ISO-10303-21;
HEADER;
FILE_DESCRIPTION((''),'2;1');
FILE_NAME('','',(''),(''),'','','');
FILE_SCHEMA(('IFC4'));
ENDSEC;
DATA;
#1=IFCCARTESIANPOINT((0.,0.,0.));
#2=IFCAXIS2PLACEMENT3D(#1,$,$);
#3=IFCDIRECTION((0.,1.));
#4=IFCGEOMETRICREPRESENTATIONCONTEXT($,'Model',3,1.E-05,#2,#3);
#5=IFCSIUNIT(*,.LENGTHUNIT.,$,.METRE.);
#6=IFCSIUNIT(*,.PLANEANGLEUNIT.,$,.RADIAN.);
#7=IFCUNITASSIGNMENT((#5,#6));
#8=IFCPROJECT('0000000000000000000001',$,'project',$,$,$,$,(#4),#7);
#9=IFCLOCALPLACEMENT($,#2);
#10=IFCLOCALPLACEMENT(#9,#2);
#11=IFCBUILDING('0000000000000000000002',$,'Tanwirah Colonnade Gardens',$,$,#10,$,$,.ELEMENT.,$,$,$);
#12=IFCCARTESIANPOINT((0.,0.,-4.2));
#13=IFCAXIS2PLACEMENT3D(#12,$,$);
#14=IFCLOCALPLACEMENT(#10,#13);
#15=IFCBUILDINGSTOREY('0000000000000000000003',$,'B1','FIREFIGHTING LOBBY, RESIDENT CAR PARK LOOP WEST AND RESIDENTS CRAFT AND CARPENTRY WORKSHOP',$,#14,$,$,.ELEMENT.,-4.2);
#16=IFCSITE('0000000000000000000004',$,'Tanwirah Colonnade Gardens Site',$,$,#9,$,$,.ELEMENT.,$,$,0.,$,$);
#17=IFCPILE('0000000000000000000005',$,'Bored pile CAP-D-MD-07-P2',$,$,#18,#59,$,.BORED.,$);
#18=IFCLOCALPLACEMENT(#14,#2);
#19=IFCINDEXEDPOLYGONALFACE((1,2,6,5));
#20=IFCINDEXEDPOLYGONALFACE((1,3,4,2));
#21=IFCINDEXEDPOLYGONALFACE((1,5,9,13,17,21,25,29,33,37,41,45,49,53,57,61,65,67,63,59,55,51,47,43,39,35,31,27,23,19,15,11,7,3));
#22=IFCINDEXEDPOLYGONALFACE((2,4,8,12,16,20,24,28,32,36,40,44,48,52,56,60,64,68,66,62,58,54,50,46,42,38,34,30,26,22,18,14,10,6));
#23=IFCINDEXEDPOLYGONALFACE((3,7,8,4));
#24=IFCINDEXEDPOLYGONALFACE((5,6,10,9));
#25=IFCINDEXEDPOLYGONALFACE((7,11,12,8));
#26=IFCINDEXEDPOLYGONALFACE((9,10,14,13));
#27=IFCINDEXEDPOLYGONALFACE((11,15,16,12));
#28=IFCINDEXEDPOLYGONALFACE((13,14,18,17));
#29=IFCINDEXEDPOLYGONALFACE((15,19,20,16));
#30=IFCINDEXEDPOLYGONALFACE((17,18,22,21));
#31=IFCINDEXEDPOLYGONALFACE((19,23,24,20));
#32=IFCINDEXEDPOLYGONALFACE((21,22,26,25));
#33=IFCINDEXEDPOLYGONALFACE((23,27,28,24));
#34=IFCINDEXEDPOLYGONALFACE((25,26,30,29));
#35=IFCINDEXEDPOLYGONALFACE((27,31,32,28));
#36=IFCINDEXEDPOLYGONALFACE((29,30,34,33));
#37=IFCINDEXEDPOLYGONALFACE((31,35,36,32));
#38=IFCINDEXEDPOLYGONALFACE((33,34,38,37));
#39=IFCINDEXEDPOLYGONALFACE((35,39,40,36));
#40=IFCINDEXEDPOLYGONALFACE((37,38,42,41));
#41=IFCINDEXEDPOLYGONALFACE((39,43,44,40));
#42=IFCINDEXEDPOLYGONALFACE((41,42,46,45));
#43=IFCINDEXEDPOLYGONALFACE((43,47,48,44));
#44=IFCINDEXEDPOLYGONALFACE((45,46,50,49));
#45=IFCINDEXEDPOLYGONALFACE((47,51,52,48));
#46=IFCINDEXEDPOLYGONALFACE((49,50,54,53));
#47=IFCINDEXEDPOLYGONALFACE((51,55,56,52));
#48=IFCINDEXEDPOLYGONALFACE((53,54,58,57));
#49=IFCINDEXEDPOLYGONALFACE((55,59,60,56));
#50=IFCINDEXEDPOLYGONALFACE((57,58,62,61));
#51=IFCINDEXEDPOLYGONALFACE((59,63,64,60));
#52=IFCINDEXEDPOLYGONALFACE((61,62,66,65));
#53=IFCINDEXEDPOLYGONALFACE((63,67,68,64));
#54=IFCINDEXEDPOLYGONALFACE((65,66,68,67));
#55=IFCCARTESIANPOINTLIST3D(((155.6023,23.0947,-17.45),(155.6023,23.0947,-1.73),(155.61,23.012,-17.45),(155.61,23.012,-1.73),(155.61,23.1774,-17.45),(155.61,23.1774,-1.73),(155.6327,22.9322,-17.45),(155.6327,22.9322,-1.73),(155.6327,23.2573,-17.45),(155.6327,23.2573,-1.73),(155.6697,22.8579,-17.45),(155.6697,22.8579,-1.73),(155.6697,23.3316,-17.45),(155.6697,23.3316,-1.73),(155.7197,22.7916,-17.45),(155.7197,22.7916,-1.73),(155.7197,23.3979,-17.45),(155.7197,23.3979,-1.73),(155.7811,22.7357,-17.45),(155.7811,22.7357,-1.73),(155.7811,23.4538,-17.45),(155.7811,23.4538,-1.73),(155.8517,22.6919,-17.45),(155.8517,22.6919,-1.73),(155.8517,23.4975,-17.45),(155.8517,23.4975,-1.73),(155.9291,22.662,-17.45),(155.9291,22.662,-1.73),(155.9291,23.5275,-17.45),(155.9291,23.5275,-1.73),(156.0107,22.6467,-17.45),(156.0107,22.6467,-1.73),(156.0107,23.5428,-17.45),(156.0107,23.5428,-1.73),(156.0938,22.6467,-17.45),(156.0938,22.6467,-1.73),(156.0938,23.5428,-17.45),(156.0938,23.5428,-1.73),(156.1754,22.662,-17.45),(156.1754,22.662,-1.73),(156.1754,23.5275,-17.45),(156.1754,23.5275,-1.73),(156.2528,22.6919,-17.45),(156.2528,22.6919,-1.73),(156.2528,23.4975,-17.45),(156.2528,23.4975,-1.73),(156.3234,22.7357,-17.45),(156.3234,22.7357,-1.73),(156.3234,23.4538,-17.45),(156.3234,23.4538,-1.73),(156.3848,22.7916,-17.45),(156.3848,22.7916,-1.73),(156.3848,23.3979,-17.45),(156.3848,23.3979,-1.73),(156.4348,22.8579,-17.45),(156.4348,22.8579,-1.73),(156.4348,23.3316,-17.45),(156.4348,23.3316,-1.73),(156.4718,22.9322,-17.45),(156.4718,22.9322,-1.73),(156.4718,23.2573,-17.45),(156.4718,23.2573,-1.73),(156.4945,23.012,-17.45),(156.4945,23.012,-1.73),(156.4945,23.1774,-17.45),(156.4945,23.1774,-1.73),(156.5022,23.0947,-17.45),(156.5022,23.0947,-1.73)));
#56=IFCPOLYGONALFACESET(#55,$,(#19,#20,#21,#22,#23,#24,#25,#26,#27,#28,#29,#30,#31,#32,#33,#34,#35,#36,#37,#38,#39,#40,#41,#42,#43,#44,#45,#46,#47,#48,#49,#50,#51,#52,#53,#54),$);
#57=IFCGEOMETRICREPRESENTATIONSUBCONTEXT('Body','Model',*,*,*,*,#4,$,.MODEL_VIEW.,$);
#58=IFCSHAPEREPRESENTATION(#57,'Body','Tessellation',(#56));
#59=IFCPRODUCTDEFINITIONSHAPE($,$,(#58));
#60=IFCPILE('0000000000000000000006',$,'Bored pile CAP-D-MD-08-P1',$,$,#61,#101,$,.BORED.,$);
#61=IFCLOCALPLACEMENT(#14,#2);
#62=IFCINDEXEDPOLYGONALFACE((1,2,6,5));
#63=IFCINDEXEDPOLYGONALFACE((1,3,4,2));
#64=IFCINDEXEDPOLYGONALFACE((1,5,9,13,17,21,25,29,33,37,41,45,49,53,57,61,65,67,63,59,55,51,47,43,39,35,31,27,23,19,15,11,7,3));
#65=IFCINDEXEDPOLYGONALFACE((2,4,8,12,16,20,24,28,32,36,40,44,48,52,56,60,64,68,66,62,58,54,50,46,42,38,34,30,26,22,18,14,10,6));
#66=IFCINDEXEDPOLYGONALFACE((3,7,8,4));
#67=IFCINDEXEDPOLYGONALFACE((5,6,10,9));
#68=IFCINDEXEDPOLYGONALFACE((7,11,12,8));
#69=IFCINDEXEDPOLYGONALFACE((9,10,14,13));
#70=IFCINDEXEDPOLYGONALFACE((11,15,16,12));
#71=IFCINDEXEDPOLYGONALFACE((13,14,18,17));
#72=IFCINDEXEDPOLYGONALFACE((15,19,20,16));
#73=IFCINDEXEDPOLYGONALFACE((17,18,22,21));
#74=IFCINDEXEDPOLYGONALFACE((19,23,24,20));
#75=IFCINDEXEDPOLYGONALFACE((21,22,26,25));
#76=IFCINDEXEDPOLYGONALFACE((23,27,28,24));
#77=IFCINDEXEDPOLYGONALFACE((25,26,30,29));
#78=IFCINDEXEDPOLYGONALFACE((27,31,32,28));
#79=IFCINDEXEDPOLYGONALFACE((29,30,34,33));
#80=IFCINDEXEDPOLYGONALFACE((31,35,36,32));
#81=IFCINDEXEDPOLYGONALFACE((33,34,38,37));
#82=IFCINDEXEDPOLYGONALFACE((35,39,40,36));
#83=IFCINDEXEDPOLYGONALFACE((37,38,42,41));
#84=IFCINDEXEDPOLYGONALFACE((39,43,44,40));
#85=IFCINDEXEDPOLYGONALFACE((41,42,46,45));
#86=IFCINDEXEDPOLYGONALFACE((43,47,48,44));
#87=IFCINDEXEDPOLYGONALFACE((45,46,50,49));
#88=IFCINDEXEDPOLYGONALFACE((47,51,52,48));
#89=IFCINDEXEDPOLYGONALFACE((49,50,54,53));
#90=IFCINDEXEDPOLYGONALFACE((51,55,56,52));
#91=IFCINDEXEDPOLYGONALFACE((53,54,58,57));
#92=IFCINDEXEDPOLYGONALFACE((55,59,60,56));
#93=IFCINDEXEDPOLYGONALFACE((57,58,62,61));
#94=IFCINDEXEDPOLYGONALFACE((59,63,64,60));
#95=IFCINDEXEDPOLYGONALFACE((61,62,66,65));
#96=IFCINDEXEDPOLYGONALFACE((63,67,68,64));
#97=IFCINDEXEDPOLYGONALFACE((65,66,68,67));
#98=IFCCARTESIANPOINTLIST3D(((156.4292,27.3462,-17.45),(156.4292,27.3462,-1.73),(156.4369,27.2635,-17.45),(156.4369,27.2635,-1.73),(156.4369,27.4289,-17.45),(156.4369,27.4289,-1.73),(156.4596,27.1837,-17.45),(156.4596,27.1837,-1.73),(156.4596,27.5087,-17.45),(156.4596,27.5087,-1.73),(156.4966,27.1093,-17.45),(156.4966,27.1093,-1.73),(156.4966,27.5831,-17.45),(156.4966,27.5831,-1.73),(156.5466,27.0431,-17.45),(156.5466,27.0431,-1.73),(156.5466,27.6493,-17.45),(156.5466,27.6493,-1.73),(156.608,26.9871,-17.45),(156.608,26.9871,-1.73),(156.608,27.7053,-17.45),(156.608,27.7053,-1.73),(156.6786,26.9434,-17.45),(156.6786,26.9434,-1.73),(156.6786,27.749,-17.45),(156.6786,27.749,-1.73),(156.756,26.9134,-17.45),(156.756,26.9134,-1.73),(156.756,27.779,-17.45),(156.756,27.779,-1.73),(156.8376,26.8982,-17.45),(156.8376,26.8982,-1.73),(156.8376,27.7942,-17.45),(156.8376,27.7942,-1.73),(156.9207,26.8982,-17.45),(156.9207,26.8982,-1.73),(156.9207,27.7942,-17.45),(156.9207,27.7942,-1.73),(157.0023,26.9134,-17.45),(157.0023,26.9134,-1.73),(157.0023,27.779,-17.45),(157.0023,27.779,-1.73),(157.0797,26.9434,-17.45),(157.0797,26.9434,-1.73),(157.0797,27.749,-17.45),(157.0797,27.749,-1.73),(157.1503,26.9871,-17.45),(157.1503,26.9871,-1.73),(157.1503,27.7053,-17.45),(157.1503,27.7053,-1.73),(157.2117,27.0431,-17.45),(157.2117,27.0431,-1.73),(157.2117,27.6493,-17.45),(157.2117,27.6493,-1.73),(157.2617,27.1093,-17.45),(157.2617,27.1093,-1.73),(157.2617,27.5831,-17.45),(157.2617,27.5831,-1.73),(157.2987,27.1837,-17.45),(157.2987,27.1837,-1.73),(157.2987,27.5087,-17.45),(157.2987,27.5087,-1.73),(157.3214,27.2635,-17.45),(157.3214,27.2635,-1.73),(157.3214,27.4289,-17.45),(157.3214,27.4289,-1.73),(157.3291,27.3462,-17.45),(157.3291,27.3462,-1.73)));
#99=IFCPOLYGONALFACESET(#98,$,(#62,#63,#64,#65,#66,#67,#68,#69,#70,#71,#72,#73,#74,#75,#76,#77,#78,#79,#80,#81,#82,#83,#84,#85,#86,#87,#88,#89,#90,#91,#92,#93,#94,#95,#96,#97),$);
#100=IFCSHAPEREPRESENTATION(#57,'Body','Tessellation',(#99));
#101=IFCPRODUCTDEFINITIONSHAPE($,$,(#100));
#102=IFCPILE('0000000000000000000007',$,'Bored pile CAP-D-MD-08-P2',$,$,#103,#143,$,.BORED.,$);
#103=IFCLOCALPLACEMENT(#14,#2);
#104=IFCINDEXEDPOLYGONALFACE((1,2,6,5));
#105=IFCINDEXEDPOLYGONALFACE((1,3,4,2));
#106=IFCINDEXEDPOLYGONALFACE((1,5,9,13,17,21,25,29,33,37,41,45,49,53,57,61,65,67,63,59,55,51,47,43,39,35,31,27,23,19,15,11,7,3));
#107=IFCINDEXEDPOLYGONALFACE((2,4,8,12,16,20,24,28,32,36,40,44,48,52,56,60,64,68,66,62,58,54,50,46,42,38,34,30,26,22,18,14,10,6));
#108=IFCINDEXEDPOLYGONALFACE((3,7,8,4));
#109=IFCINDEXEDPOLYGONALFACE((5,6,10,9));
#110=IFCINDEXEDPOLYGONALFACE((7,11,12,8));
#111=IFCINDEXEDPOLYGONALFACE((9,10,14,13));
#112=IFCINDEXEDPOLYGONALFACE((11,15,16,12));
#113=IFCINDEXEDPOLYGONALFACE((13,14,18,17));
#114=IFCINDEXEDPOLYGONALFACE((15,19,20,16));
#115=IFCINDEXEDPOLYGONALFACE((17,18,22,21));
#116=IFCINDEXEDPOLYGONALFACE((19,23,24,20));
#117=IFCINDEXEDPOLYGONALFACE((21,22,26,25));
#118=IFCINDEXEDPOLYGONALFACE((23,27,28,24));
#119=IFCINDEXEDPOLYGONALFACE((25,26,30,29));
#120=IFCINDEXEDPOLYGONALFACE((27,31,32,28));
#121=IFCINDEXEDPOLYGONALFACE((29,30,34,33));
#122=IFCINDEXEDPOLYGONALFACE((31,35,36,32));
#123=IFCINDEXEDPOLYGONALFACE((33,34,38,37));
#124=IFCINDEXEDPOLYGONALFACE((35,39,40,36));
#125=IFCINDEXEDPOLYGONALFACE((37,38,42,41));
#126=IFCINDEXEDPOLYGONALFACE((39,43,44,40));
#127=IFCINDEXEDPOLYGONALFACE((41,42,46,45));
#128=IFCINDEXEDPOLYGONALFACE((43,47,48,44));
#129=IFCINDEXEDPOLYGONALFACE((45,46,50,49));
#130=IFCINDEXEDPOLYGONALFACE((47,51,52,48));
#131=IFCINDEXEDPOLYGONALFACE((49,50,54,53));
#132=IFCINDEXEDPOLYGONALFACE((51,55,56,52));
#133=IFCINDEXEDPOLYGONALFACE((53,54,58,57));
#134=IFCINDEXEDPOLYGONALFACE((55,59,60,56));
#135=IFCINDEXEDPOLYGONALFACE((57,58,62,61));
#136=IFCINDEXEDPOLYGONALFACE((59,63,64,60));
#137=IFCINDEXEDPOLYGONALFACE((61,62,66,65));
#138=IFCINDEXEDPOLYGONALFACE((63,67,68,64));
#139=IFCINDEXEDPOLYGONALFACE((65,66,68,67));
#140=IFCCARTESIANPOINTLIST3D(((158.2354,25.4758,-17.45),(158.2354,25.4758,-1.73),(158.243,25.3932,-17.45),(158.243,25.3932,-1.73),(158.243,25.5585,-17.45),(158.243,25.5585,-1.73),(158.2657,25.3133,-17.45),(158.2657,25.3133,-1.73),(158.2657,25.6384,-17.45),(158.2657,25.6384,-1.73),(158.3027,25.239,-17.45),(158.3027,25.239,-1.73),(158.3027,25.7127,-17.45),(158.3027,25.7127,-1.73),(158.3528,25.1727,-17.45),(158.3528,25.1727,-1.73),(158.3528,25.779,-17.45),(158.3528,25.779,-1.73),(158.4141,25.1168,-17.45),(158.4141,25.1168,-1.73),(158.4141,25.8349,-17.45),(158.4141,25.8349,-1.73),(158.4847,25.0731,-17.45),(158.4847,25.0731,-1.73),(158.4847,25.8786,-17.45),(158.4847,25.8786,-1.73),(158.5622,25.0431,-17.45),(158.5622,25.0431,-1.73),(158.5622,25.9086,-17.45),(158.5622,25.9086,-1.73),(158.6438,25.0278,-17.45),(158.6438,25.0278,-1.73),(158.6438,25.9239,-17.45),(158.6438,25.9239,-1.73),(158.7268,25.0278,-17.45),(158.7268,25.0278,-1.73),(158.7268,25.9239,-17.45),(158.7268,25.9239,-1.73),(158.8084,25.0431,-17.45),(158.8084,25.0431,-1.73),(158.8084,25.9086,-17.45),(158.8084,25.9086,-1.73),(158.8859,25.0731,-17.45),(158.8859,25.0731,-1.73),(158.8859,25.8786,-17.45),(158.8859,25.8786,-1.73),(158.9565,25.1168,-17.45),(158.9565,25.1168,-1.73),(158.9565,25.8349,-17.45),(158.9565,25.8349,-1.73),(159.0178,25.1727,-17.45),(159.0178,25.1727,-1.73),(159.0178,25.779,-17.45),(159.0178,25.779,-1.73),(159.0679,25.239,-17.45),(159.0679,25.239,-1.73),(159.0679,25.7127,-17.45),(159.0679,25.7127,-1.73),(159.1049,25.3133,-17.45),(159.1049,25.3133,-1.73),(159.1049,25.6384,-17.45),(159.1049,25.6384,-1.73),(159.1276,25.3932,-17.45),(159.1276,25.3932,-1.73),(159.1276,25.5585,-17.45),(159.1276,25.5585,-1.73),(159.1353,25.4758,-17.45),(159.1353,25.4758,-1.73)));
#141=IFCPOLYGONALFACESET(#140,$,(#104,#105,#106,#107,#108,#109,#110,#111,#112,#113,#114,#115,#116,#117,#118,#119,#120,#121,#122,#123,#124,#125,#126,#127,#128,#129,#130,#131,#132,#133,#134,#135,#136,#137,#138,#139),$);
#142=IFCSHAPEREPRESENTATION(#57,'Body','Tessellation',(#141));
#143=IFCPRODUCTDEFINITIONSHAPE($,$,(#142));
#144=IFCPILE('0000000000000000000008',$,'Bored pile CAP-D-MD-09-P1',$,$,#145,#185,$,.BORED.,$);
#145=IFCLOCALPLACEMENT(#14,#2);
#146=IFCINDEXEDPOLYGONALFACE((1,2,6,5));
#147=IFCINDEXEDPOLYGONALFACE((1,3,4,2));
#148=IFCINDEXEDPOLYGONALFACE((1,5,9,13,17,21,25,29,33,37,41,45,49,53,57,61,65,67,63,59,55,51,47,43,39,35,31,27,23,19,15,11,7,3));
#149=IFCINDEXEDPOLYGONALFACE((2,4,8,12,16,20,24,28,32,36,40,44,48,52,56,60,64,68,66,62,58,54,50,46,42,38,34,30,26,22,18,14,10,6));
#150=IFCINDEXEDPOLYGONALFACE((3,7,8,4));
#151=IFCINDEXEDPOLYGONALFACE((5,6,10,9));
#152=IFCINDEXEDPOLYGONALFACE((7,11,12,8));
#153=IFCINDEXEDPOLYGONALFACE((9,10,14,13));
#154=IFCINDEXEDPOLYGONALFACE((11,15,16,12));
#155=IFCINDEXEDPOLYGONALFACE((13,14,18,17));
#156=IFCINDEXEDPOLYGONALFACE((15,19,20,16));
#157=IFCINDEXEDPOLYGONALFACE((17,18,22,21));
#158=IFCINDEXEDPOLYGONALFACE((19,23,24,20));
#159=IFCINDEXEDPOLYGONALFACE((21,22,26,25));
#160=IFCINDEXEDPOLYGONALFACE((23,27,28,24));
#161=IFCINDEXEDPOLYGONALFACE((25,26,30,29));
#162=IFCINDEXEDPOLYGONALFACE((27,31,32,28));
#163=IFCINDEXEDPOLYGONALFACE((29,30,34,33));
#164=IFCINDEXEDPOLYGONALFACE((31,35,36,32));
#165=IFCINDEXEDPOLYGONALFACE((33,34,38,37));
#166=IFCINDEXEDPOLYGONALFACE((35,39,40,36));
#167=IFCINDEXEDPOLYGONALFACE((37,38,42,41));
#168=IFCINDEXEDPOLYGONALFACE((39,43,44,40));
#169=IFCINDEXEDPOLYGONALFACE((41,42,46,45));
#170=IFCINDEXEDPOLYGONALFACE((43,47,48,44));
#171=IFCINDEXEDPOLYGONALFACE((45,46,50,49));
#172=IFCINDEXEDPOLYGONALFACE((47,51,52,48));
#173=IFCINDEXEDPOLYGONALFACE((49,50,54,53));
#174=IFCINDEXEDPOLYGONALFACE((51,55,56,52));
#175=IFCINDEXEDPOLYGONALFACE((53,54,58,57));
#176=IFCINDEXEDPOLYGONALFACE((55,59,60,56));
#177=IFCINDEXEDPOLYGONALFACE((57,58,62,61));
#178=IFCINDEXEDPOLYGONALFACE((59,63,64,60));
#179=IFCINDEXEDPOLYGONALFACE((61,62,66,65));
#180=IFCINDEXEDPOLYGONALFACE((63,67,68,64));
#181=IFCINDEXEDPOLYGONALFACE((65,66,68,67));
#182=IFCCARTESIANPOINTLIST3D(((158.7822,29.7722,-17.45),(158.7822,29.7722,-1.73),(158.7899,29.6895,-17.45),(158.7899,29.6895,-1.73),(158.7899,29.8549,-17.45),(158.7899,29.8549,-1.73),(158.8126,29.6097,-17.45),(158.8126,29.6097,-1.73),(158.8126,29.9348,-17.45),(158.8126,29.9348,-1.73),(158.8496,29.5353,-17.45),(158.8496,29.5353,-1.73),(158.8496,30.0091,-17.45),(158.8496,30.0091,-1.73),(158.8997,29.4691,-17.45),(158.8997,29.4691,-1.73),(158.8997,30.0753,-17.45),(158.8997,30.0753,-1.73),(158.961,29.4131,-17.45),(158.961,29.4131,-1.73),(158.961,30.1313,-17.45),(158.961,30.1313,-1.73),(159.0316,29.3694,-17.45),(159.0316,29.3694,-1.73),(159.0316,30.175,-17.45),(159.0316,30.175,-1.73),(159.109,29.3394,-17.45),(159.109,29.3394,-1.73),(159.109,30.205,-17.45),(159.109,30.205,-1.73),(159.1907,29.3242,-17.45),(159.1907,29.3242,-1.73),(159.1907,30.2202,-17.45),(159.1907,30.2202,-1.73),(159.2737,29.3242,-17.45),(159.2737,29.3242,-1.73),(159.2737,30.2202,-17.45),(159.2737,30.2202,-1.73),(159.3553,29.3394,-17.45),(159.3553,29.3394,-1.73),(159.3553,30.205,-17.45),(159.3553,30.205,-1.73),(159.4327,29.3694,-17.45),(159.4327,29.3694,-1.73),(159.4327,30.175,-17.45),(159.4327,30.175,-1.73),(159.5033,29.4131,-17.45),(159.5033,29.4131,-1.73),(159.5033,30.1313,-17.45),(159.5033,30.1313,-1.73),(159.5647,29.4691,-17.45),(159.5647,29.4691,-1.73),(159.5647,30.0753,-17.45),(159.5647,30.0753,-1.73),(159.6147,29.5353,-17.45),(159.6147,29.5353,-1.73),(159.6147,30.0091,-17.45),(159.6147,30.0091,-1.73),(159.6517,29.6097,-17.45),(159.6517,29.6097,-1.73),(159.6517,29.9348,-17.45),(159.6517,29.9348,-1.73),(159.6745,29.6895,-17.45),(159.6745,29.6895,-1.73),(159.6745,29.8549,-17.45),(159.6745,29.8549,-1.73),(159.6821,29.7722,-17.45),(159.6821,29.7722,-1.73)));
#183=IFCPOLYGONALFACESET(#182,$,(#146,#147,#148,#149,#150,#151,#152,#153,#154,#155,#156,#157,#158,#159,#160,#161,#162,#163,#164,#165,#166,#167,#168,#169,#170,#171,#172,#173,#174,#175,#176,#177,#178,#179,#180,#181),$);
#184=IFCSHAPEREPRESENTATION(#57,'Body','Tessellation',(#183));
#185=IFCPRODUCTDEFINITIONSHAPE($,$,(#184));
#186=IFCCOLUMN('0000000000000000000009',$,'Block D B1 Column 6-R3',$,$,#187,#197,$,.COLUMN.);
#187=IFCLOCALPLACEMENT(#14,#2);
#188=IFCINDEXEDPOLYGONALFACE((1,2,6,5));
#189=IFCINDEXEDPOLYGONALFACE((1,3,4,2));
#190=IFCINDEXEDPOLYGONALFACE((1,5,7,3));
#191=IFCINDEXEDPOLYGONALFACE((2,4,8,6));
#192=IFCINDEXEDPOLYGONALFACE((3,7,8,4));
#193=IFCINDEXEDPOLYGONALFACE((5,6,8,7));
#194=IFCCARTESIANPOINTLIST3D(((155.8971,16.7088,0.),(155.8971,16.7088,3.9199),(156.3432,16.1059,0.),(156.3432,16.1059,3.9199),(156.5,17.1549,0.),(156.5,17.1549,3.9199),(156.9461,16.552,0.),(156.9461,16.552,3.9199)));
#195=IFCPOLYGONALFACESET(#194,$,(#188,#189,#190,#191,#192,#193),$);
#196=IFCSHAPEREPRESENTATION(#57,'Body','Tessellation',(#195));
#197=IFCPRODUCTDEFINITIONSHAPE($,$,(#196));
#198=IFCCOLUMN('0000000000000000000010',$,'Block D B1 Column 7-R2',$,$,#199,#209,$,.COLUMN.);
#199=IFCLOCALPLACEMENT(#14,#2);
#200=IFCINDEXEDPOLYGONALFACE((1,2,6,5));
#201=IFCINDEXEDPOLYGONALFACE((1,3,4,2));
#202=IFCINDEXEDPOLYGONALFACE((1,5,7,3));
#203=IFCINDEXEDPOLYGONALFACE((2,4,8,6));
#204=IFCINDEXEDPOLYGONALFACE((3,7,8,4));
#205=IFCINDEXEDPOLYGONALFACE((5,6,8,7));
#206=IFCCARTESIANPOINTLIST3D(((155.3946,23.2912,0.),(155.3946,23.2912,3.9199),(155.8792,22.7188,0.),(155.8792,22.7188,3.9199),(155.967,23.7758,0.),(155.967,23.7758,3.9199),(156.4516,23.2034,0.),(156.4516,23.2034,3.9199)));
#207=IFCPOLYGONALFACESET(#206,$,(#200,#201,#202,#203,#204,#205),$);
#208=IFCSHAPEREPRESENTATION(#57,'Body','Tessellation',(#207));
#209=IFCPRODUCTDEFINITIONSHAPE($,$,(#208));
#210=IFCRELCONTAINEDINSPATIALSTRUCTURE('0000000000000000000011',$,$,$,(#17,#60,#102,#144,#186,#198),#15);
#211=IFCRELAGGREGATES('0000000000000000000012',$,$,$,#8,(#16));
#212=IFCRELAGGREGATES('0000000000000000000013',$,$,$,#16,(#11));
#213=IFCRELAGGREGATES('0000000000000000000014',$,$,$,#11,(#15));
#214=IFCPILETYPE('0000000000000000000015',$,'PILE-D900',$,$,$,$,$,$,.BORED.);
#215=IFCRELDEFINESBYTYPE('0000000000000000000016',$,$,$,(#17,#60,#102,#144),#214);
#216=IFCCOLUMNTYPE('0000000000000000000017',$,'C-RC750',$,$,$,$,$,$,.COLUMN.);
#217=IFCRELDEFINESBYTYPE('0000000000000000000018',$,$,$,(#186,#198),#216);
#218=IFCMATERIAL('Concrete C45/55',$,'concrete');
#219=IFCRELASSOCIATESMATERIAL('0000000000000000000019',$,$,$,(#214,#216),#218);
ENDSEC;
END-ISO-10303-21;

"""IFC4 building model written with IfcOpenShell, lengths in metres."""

from ifc_helpers import new_model, si_unit, direction, frame, origin, origin_2d, place, context, subcontext, project, spatial, rectangle, circle, extrude, material, material_profile, profile_set, type_object, element, save


model = new_model("IFC4")

# Units and contexts
model_context = context("Model", 3, precision=1e-05, world=origin(), true_north=direction((0.0, 1.0)))
body_context = subcontext(model_context, "Body", "Model", "MODEL_VIEW")
ifc_project = project(units=[si_unit("LENGTHUNIT", "METRE"), si_unit("PLANEANGLEUNIT", "RADIAN")], contexts=[model_context])

# Site, building, storey
site_placement = place(None, origin())
site = spatial("IfcSite", under=ifc_project, at=site_placement, Name="Tanwirah Colonnade Gardens Site", CompositionType="ELEMENT", RefElevation=0.0)
building_placement = place(site_placement, origin())
building = spatial("IfcBuilding", under=site, at=building_placement, Name="Tanwirah Colonnade Gardens", CompositionType="ELEMENT")
storey_placement = place(building_placement, frame((0.0, 0.0, -4.2)))
storey = spatial("IfcBuildingStorey", under=building, at=storey_placement, Name="B1", Description="FIREFIGHTING LOBBY, RESIDENT CAR PARK LOOP WEST AND RESIDENTS CRAFT AND CARPENTRY WORKSHOP", CompositionType="ELEMENT", Elevation=-4.2)

# Shared definitions
ifc_material_1 = material(Name="Concrete C45/55", Category="concrete")

# Piles
ifc_material_profile_1 = material_profile(ifc_material_1, circle(Radius=0.45, at=origin_2d()), Name="PILE D900")
ifc_profile_set_1 = profile_set([ifc_material_profile_1], Name="Concrete C45/55")
pile_type_1 = type_object("IfcPileType", Name="PILE-D900", PredefinedType="BORED", material=ifc_profile_set_1)
for number, where, z_axis, x_axis, name in (
    (1, (156.0522, 23.0947, -1.73), (0.0, 0.0, -1.0), (1.0, 0.0, 0.0), "Bored pile CAP-D-MD-07-P2"),
    (2, (156.8792, 27.3462, -1.73), (0.0, 0.0, -1.0), (1.0, 0.0, 0.0), "Bored pile CAP-D-MD-08-P1"),
    (3, (158.6853, 25.4758, -1.73), (0.0, 0.0, -1.0), (1.0, 0.0, 0.0), "Bored pile CAP-D-MD-08-P2"),
    (4, (159.2322, 29.7722, -1.73), (0.0, 0.0, -1.0), (1.0, 0.0, 0.0), "Bored pile CAP-D-MD-09-P1"),
):
    element("IfcPile", number, at=place(storey_placement, frame(where, z_axis=z_axis, x_axis=x_axis)), inside=storey, type_object=pile_type_1, Name=name, PredefinedType="BORED", context=body_context, shape_type="SweptSolid", body=[
        extrude(circle(Radius=0.45, at=origin_2d()), origin(), (0.0, 0.0, 1.0), 15.72),
    ])

# Columns
ifc_material_profile_2 = material_profile(ifc_material_1, rectangle(XDim=0.75, YDim=0.75, at=origin_2d()), Name="RC-COL 750x750")
ifc_profile_set_2 = profile_set([ifc_material_profile_2], Name="Concrete C45/55")
column_type_1 = type_object("IfcColumnType", Name="C-RC750", PredefinedType="COLUMN", material=ifc_profile_set_2)
for number, where, z_axis, x_axis, name in (
    (5, (156.4216, 16.6304, 0.0), (0.0, 0.0, 1.0), (0.594823, -0.803857, 0.0), "Block D B1 Column 6-R3"),
    (6, (155.9231, 23.2473, 0.0), (0.0, 0.0, 1.0), (0.646124, -0.763232, 0.0), "Block D B1 Column 7-R2"),
):
    element("IfcColumn", number, at=place(storey_placement, frame(where, z_axis=z_axis, x_axis=x_axis)), inside=storey, type_object=column_type_1, Name=name, PredefinedType="COLUMN", context=body_context, shape_type="SweptSolid", body=[
        extrude(rectangle(XDim=0.75, YDim=0.75, at=origin_2d()), origin(), (0.0, 0.0, 1.0), 3.9199),
    ])

save(model, "model.ifc")
